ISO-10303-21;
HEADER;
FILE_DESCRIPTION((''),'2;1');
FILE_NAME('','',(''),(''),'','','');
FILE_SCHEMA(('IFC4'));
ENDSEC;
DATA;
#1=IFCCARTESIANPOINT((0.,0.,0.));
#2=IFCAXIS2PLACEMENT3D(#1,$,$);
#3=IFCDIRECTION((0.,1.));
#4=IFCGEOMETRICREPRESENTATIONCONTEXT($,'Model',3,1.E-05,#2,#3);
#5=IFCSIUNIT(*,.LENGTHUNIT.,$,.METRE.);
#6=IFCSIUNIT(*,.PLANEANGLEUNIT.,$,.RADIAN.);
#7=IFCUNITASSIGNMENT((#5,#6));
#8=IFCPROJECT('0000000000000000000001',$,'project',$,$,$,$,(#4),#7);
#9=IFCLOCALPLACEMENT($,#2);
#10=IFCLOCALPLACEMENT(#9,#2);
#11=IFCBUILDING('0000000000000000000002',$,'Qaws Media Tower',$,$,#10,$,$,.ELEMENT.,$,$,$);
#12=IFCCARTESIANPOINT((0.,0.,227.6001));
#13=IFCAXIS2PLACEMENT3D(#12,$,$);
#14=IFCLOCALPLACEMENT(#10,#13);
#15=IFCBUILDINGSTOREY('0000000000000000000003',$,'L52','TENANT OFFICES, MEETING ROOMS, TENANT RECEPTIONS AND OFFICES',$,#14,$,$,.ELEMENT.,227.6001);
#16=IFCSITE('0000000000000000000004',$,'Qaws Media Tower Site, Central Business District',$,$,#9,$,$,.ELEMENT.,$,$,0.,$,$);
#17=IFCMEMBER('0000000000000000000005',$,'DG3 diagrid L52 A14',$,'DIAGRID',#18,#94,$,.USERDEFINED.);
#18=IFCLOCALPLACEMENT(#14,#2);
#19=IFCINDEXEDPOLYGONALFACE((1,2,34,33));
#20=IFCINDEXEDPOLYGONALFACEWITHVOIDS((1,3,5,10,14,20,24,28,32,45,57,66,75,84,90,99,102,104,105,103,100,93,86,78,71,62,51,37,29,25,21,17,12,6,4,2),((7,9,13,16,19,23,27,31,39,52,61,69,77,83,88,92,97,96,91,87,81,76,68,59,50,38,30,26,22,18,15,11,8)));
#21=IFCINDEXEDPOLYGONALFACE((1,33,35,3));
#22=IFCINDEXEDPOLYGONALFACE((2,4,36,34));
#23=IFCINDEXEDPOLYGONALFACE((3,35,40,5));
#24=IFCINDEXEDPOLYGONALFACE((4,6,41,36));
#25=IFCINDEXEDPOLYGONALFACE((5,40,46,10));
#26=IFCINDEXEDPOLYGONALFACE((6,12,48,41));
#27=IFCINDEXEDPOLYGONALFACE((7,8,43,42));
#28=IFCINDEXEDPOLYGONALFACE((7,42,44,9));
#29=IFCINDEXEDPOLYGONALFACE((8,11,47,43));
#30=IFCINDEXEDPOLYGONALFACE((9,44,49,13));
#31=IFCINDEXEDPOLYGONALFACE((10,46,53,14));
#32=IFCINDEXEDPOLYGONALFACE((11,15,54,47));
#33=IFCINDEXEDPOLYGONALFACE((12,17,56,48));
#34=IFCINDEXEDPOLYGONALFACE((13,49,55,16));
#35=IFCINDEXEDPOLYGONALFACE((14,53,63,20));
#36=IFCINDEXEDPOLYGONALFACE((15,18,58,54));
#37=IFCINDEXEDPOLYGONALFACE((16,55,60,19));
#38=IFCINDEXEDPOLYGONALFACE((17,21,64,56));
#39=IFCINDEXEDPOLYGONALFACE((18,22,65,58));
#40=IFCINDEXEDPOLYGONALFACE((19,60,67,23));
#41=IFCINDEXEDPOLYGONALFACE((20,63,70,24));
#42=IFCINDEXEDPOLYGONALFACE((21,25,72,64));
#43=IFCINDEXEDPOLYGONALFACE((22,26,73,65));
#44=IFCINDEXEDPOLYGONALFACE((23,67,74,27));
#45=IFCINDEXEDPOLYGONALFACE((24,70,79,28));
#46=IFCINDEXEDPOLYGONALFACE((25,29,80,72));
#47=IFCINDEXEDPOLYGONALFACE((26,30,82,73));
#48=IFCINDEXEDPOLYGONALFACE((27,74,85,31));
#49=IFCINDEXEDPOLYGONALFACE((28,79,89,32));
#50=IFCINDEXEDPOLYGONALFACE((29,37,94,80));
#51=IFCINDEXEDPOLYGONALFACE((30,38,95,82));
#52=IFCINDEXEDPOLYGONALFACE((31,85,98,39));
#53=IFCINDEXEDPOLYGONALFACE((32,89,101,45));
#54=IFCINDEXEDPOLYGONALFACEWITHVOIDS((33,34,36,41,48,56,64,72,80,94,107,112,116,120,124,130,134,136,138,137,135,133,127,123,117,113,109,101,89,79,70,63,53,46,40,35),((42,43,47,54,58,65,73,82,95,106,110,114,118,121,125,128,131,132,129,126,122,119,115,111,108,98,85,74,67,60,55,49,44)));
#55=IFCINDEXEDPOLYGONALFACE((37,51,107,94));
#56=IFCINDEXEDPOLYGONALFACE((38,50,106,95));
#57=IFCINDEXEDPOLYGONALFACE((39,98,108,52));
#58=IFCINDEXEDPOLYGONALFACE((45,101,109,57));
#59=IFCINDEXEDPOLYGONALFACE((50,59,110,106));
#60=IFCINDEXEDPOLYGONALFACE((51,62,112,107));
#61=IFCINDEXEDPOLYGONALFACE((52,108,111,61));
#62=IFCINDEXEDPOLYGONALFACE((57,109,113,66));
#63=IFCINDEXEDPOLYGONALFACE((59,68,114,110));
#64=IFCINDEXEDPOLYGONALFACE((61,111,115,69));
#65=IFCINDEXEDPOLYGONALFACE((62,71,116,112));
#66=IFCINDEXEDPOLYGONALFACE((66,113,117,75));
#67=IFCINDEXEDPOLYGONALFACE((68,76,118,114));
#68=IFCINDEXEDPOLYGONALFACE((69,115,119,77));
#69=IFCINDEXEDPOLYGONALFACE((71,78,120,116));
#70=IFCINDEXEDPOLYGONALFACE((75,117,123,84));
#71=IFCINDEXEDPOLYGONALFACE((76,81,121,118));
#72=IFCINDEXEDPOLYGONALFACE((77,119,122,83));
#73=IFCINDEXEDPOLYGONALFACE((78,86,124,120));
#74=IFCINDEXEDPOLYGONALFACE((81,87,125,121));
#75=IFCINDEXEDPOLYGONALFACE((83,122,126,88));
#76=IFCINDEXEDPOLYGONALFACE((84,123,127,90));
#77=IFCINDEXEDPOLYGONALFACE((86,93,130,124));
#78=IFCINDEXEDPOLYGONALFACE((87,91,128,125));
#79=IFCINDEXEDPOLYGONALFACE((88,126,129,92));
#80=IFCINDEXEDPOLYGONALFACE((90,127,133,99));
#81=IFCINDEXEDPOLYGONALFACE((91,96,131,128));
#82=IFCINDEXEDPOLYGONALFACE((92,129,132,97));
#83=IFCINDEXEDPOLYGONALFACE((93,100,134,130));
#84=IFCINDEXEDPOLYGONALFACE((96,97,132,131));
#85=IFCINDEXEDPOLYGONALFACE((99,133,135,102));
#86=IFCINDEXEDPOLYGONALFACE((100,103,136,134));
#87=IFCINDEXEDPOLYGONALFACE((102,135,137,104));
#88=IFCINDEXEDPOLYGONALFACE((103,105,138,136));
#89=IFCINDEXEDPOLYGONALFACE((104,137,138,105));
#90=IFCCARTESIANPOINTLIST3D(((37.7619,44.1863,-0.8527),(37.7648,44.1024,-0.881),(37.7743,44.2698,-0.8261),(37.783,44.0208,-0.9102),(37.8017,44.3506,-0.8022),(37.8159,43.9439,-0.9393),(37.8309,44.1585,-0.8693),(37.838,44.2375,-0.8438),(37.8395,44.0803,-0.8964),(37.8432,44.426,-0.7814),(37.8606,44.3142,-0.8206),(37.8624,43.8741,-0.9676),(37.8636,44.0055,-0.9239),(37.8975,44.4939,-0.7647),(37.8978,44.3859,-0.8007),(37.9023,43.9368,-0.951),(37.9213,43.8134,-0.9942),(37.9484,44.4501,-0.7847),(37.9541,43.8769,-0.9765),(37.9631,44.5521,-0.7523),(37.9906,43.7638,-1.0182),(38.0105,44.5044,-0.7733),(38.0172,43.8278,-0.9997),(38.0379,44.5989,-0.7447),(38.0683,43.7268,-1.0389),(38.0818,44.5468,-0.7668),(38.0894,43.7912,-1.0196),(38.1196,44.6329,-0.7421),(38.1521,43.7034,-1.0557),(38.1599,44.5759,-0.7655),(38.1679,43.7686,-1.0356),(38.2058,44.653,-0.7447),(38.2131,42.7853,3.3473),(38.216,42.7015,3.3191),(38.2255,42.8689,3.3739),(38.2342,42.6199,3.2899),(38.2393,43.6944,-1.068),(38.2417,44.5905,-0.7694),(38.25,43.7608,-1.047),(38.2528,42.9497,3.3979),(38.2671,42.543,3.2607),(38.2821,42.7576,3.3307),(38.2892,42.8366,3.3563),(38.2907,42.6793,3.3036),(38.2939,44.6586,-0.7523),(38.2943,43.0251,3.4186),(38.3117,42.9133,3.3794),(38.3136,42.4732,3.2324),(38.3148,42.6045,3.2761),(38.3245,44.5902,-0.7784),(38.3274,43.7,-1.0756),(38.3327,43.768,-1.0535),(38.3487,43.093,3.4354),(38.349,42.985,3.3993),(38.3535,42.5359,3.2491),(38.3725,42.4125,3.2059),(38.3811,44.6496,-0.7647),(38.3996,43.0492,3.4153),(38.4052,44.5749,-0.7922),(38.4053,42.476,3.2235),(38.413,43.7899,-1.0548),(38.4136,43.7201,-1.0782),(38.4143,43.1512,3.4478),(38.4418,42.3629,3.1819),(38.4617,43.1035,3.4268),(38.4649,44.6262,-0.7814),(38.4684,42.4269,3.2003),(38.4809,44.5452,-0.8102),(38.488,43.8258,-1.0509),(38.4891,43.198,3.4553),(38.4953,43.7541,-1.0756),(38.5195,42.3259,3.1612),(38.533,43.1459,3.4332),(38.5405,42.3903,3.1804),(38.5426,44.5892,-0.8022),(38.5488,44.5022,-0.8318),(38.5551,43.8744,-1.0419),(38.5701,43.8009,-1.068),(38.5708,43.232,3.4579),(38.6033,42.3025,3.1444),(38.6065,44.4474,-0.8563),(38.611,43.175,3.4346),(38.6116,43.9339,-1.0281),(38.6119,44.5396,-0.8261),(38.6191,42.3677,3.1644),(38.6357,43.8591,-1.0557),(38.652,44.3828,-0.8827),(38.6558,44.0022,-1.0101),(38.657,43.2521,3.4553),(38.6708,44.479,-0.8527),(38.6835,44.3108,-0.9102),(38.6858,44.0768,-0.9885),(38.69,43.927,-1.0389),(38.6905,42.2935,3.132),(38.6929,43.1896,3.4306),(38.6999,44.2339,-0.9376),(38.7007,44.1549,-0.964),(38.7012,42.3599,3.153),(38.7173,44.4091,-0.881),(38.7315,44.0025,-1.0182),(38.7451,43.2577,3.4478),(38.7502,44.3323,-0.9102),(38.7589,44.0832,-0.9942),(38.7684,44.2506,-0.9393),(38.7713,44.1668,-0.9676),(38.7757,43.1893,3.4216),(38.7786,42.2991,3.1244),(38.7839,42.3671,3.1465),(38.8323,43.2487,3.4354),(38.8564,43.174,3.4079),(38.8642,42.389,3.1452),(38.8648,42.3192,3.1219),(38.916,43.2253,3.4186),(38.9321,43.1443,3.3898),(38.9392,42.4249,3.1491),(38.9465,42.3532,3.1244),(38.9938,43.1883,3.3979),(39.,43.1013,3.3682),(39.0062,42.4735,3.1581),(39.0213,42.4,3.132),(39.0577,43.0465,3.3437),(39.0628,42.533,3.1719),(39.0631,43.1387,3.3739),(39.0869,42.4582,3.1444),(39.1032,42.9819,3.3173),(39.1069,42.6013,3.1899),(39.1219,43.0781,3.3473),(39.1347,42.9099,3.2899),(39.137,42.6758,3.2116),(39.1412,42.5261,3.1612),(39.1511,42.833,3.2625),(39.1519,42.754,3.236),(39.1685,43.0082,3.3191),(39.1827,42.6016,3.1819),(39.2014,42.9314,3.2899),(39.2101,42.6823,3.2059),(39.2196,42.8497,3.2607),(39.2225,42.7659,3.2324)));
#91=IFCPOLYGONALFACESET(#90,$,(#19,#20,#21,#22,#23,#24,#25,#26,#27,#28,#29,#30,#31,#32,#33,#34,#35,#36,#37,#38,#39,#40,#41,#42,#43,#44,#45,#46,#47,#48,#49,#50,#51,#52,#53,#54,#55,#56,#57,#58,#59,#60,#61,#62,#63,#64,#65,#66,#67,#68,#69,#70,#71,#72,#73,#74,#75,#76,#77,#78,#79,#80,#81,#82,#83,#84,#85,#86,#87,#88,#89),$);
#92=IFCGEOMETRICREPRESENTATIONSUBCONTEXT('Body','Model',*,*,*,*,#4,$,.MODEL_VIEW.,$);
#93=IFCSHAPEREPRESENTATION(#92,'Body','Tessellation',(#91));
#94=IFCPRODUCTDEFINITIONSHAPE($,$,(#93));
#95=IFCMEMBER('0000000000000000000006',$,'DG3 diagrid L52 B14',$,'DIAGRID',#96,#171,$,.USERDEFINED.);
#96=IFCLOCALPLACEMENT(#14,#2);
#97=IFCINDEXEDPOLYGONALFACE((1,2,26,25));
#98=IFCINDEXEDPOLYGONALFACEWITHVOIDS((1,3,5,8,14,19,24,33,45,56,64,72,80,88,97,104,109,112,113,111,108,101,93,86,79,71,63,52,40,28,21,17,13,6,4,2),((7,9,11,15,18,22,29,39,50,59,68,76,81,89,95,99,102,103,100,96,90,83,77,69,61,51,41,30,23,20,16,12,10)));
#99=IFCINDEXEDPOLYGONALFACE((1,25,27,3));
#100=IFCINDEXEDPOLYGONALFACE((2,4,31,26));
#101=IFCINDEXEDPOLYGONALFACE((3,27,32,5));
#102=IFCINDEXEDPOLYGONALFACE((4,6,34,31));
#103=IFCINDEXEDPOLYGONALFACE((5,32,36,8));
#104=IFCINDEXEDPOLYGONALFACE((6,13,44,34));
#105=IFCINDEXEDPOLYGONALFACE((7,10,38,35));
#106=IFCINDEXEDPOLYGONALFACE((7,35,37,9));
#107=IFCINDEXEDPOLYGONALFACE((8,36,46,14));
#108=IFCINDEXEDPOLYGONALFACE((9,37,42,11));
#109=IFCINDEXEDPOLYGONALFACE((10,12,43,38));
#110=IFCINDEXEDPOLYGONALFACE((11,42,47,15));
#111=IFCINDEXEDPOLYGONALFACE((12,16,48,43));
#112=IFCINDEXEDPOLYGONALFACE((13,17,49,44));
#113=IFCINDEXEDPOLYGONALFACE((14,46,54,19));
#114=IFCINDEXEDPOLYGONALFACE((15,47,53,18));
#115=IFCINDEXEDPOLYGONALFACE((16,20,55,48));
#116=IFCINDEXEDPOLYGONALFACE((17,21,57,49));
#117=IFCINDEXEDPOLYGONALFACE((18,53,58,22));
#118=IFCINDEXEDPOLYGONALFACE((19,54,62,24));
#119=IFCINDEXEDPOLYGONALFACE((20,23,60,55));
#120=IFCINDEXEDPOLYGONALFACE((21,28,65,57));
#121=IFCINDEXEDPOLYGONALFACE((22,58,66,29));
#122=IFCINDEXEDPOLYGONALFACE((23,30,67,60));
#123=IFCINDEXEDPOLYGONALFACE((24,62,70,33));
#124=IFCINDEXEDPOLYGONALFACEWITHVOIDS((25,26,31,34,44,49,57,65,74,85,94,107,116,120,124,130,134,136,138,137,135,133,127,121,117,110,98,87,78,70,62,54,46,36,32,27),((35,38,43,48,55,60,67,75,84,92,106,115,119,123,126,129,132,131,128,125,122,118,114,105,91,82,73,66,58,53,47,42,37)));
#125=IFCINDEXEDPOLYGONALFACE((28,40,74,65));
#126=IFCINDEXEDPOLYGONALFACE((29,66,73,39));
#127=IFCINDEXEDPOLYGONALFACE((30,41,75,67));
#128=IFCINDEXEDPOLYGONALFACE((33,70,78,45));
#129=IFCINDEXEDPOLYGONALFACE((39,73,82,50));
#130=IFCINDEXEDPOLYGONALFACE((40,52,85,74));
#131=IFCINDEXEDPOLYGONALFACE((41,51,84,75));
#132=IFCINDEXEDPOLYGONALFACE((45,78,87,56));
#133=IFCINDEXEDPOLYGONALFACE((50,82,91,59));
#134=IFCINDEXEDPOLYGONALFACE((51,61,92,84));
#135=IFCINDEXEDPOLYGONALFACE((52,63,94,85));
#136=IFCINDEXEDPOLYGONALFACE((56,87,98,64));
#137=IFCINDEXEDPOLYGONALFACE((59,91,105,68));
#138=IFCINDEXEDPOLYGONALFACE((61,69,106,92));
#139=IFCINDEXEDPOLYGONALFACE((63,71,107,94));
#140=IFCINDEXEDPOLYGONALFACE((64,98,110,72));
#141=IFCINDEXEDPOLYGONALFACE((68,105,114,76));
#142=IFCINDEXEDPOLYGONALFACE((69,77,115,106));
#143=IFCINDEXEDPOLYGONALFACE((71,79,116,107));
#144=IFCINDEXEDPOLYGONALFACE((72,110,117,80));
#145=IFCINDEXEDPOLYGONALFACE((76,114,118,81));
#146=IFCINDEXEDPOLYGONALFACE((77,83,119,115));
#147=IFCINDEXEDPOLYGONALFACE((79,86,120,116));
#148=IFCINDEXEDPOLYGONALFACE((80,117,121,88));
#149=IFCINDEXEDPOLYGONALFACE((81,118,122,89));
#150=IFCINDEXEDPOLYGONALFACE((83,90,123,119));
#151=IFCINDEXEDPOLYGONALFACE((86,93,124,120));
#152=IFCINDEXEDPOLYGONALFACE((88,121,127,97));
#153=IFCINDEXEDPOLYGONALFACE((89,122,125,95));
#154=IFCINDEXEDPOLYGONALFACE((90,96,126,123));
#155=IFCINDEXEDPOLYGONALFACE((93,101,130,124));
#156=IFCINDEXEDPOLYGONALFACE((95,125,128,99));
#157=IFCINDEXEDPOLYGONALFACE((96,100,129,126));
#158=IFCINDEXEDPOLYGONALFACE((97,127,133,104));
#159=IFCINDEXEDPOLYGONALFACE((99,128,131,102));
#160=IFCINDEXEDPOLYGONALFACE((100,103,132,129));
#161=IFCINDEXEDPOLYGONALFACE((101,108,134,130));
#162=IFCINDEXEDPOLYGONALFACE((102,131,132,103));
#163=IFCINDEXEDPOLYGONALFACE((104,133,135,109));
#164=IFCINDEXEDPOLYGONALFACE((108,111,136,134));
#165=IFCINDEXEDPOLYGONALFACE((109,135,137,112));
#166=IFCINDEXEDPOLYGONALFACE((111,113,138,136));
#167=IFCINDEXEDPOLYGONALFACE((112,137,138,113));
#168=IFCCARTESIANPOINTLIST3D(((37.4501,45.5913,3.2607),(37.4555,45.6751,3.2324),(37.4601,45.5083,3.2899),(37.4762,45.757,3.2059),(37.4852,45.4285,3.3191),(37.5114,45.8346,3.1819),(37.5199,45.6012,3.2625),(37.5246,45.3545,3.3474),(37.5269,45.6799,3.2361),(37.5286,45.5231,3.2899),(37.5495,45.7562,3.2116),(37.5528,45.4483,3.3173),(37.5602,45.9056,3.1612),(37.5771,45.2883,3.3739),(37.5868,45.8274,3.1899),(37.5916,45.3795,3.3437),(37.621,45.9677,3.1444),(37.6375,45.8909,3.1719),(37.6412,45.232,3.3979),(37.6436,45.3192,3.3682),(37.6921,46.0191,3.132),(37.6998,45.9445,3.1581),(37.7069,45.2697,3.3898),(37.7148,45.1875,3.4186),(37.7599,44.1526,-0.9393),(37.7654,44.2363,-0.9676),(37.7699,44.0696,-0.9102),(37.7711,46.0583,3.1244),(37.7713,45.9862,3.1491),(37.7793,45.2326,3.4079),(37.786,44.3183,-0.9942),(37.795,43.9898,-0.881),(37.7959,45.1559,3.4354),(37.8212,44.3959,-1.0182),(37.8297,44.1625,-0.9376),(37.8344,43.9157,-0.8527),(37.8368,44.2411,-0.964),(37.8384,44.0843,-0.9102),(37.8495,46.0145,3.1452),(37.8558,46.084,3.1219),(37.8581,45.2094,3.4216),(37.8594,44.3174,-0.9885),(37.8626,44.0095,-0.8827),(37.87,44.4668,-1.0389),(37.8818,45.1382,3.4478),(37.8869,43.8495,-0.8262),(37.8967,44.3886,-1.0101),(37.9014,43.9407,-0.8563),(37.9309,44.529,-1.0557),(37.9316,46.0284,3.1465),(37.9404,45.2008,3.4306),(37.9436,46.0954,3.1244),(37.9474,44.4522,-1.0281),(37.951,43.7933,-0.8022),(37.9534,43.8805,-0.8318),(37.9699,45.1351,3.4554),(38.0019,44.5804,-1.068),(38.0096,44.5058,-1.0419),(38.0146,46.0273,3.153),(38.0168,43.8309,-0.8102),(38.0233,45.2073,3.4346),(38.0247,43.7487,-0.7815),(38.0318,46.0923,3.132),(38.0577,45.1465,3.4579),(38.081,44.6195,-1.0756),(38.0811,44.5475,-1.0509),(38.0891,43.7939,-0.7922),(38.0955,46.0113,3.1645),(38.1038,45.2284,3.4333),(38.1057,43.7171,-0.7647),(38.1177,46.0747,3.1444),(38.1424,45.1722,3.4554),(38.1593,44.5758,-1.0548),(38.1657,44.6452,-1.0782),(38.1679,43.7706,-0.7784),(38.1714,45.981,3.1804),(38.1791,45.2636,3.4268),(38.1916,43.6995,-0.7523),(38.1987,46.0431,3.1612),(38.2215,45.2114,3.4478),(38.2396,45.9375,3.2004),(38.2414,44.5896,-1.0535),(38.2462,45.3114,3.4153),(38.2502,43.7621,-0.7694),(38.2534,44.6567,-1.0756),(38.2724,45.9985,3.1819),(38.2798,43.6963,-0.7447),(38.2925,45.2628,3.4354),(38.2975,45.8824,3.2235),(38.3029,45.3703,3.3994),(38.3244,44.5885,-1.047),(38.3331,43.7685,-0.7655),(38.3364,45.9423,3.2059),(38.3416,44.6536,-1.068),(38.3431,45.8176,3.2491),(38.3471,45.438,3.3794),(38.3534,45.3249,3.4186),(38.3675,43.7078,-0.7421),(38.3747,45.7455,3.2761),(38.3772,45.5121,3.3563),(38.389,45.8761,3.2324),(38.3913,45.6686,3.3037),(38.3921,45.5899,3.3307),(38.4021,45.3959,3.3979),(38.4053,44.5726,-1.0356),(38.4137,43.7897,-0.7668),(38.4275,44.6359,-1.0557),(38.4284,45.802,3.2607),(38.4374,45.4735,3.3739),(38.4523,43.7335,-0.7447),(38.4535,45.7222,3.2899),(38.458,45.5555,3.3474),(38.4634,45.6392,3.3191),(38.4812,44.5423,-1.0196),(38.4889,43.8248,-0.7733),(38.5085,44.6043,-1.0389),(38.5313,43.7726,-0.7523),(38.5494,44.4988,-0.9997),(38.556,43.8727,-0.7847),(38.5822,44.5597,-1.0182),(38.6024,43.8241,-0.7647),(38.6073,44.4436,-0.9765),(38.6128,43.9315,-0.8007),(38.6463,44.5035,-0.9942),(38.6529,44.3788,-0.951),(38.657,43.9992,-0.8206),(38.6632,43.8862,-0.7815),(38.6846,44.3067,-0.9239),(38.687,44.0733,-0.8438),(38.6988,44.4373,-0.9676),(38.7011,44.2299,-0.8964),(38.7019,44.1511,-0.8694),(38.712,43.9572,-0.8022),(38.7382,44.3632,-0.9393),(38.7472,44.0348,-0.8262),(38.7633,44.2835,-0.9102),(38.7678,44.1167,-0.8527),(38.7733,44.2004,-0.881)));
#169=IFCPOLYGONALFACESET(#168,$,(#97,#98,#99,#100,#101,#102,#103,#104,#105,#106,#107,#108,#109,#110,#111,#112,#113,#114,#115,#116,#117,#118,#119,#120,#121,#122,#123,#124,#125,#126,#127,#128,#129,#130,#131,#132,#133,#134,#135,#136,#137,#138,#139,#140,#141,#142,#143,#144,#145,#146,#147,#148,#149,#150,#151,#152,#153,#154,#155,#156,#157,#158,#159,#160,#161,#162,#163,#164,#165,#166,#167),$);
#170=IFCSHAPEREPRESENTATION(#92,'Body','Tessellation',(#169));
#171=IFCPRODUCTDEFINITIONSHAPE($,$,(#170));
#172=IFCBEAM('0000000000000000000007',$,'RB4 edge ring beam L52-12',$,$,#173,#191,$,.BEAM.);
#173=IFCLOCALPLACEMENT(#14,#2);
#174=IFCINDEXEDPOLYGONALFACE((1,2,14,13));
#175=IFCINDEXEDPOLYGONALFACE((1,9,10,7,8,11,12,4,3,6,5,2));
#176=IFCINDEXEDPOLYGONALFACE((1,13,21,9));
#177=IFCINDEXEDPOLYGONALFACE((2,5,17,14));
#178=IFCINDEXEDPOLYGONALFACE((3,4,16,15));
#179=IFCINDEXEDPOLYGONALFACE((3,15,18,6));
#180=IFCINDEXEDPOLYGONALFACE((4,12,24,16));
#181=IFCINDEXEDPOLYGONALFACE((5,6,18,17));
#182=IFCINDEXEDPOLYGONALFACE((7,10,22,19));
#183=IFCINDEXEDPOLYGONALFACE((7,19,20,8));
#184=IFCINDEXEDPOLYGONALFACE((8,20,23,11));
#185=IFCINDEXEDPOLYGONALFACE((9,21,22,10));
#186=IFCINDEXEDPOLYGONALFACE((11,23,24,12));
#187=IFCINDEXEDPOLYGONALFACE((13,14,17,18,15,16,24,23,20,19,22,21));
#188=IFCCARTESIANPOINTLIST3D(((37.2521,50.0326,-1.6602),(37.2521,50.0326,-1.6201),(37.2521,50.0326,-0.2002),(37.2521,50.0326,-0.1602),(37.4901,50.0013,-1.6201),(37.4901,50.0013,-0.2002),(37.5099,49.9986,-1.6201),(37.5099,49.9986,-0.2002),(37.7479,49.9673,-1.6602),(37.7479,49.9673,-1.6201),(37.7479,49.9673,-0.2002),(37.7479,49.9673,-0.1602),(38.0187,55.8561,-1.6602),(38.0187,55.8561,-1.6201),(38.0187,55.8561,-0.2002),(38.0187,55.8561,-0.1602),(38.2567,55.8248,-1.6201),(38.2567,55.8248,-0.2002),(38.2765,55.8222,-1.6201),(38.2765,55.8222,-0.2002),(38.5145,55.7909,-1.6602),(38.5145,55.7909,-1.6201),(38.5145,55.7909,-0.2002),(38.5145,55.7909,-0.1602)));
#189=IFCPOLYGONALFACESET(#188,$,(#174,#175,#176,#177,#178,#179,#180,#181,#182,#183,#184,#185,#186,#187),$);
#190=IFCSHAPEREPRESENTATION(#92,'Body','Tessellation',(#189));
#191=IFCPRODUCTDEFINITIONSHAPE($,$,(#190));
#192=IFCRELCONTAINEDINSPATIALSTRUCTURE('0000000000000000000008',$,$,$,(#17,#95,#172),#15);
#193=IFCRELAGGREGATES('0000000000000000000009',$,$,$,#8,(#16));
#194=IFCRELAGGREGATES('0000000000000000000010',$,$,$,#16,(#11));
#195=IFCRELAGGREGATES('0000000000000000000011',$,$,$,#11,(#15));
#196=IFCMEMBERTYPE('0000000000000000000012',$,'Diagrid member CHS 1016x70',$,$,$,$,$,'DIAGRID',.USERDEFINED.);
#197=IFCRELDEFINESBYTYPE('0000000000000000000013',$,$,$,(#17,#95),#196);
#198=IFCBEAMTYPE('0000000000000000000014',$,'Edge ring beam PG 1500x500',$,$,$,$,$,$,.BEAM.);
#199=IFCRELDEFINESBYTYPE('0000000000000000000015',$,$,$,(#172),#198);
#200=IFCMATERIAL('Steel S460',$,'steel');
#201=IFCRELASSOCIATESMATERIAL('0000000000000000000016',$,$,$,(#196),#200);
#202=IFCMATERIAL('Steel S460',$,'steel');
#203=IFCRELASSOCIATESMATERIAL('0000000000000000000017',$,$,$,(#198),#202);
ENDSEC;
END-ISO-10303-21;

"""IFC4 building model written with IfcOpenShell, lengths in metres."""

from ifc_helpers import new_model, si_unit, direction, frame, origin, origin_2d, place, context, subcontext, project, spatial, hollow_circle, i_section, extrude, material, material_profile, profile_set, type_object, element, save


model = new_model("IFC4")

# Units and contexts
model_context = context("Model", 3, precision=1e-05, world=origin(), true_north=direction((0.0, 1.0)))
body_context = subcontext(model_context, "Body", "Model", "MODEL_VIEW")
ifc_project = project(units=[si_unit("LENGTHUNIT", "METRE"), si_unit("PLANEANGLEUNIT", "RADIAN")], contexts=[model_context])

# Site, building, storey
site_placement = place(None, origin())
site = spatial("IfcSite", under=ifc_project, at=site_placement, Name="Qaws Media Tower Site, Central Business District", CompositionType="ELEMENT", RefElevation=0.0)
building_placement = place(site_placement, origin())
building = spatial("IfcBuilding", under=site, at=building_placement, Name="Qaws Media Tower", CompositionType="ELEMENT")
storey_placement = place(building_placement, frame((0.0, 0.0, 227.6001)))
storey = spatial("IfcBuildingStorey", under=building, at=storey_placement, Name="L52", Description="TENANT OFFICES, MEETING ROOMS, TENANT RECEPTIONS AND OFFICES", CompositionType="ELEMENT", Elevation=227.6001)

# Members
ifc_material_1 = material(Name="Steel S460", Category="steel")
ifc_material_profile_1 = material_profile(ifc_material_1, hollow_circle(Radius=0.5081, WallThickness=0.0701, at=origin_2d()), Name="CHS 1016x70")
ifc_profile_set_1 = profile_set([ifc_material_profile_1], Name="Steel S460")
member_type_1 = type_object("IfcMemberType", Name="Diagrid member CHS 1016x70", ElementType="DIAGRID", PredefinedType="USERDEFINED", material=ifc_profile_set_1)
for number, where, z_axis, x_axis, name in (
    (1, (38.2666, 44.1765, -0.9102), (0.101379, -0.31478, 0.943735), (0.951852, 0.306557, 0.0), "DG3 diagrid L52 A14"),
    (2, (38.2666, 44.1765, -0.9102), (-0.069616, 0.323284, 0.943738), (-0.977591, -0.210515, 0.0), "DG3 diagrid L52 B14"),
):
    element("IfcMember", number, at=place(storey_placement, frame(where, z_axis=z_axis, x_axis=x_axis)), inside=storey, type_object=member_type_1, Name=name, ObjectType="DIAGRID", PredefinedType="USERDEFINED", context=body_context, shape_type="SweptSolid", body=[
        extrude(hollow_circle(Radius=0.5081, WallThickness=0.0701, at=origin_2d()), origin(), (0.0, 0.0, 1.0), 4.4504),
    ])

# Beam
ifc_material_2 = material(Name="Steel S460", Category="steel")
ifc_material_profile_2 = material_profile(ifc_material_2, i_section(OverallWidth=0.5, OverallDepth=1.5, WebThickness=0.02, FlangeThickness=0.04, at=origin_2d()), Name="PG 1500x500")
ifc_profile_set_2 = profile_set([ifc_material_profile_2], Name="Steel S460")
beam_type = type_object("IfcBeamType", Name="Edge ring beam PG 1500x500", PredefinedType="BEAM", material=ifc_profile_set_2)
for number, where, z_axis, x_axis, name in (
    (3, (38.2666, 55.8235, -0.9102), (-0.130514, -0.991447, 0.0), (0.991447, -0.130514, 0.0), "RB4 edge ring beam L52-12"),
):
    element("IfcBeam", number, at=place(storey_placement, frame(where, z_axis=z_axis, x_axis=x_axis)), inside=storey, type_object=beam_type, Name=name, PredefinedType="BEAM", context=body_context, shape_type="SweptSolid", body=[
        extrude(i_section(OverallWidth=0.5, OverallDepth=1.5, WebThickness=0.02, FlangeThickness=0.04, at=origin_2d()), origin(), (0.0, 0.0, 1.0), 5.8738),
    ])

save(model, "model.ifc")
